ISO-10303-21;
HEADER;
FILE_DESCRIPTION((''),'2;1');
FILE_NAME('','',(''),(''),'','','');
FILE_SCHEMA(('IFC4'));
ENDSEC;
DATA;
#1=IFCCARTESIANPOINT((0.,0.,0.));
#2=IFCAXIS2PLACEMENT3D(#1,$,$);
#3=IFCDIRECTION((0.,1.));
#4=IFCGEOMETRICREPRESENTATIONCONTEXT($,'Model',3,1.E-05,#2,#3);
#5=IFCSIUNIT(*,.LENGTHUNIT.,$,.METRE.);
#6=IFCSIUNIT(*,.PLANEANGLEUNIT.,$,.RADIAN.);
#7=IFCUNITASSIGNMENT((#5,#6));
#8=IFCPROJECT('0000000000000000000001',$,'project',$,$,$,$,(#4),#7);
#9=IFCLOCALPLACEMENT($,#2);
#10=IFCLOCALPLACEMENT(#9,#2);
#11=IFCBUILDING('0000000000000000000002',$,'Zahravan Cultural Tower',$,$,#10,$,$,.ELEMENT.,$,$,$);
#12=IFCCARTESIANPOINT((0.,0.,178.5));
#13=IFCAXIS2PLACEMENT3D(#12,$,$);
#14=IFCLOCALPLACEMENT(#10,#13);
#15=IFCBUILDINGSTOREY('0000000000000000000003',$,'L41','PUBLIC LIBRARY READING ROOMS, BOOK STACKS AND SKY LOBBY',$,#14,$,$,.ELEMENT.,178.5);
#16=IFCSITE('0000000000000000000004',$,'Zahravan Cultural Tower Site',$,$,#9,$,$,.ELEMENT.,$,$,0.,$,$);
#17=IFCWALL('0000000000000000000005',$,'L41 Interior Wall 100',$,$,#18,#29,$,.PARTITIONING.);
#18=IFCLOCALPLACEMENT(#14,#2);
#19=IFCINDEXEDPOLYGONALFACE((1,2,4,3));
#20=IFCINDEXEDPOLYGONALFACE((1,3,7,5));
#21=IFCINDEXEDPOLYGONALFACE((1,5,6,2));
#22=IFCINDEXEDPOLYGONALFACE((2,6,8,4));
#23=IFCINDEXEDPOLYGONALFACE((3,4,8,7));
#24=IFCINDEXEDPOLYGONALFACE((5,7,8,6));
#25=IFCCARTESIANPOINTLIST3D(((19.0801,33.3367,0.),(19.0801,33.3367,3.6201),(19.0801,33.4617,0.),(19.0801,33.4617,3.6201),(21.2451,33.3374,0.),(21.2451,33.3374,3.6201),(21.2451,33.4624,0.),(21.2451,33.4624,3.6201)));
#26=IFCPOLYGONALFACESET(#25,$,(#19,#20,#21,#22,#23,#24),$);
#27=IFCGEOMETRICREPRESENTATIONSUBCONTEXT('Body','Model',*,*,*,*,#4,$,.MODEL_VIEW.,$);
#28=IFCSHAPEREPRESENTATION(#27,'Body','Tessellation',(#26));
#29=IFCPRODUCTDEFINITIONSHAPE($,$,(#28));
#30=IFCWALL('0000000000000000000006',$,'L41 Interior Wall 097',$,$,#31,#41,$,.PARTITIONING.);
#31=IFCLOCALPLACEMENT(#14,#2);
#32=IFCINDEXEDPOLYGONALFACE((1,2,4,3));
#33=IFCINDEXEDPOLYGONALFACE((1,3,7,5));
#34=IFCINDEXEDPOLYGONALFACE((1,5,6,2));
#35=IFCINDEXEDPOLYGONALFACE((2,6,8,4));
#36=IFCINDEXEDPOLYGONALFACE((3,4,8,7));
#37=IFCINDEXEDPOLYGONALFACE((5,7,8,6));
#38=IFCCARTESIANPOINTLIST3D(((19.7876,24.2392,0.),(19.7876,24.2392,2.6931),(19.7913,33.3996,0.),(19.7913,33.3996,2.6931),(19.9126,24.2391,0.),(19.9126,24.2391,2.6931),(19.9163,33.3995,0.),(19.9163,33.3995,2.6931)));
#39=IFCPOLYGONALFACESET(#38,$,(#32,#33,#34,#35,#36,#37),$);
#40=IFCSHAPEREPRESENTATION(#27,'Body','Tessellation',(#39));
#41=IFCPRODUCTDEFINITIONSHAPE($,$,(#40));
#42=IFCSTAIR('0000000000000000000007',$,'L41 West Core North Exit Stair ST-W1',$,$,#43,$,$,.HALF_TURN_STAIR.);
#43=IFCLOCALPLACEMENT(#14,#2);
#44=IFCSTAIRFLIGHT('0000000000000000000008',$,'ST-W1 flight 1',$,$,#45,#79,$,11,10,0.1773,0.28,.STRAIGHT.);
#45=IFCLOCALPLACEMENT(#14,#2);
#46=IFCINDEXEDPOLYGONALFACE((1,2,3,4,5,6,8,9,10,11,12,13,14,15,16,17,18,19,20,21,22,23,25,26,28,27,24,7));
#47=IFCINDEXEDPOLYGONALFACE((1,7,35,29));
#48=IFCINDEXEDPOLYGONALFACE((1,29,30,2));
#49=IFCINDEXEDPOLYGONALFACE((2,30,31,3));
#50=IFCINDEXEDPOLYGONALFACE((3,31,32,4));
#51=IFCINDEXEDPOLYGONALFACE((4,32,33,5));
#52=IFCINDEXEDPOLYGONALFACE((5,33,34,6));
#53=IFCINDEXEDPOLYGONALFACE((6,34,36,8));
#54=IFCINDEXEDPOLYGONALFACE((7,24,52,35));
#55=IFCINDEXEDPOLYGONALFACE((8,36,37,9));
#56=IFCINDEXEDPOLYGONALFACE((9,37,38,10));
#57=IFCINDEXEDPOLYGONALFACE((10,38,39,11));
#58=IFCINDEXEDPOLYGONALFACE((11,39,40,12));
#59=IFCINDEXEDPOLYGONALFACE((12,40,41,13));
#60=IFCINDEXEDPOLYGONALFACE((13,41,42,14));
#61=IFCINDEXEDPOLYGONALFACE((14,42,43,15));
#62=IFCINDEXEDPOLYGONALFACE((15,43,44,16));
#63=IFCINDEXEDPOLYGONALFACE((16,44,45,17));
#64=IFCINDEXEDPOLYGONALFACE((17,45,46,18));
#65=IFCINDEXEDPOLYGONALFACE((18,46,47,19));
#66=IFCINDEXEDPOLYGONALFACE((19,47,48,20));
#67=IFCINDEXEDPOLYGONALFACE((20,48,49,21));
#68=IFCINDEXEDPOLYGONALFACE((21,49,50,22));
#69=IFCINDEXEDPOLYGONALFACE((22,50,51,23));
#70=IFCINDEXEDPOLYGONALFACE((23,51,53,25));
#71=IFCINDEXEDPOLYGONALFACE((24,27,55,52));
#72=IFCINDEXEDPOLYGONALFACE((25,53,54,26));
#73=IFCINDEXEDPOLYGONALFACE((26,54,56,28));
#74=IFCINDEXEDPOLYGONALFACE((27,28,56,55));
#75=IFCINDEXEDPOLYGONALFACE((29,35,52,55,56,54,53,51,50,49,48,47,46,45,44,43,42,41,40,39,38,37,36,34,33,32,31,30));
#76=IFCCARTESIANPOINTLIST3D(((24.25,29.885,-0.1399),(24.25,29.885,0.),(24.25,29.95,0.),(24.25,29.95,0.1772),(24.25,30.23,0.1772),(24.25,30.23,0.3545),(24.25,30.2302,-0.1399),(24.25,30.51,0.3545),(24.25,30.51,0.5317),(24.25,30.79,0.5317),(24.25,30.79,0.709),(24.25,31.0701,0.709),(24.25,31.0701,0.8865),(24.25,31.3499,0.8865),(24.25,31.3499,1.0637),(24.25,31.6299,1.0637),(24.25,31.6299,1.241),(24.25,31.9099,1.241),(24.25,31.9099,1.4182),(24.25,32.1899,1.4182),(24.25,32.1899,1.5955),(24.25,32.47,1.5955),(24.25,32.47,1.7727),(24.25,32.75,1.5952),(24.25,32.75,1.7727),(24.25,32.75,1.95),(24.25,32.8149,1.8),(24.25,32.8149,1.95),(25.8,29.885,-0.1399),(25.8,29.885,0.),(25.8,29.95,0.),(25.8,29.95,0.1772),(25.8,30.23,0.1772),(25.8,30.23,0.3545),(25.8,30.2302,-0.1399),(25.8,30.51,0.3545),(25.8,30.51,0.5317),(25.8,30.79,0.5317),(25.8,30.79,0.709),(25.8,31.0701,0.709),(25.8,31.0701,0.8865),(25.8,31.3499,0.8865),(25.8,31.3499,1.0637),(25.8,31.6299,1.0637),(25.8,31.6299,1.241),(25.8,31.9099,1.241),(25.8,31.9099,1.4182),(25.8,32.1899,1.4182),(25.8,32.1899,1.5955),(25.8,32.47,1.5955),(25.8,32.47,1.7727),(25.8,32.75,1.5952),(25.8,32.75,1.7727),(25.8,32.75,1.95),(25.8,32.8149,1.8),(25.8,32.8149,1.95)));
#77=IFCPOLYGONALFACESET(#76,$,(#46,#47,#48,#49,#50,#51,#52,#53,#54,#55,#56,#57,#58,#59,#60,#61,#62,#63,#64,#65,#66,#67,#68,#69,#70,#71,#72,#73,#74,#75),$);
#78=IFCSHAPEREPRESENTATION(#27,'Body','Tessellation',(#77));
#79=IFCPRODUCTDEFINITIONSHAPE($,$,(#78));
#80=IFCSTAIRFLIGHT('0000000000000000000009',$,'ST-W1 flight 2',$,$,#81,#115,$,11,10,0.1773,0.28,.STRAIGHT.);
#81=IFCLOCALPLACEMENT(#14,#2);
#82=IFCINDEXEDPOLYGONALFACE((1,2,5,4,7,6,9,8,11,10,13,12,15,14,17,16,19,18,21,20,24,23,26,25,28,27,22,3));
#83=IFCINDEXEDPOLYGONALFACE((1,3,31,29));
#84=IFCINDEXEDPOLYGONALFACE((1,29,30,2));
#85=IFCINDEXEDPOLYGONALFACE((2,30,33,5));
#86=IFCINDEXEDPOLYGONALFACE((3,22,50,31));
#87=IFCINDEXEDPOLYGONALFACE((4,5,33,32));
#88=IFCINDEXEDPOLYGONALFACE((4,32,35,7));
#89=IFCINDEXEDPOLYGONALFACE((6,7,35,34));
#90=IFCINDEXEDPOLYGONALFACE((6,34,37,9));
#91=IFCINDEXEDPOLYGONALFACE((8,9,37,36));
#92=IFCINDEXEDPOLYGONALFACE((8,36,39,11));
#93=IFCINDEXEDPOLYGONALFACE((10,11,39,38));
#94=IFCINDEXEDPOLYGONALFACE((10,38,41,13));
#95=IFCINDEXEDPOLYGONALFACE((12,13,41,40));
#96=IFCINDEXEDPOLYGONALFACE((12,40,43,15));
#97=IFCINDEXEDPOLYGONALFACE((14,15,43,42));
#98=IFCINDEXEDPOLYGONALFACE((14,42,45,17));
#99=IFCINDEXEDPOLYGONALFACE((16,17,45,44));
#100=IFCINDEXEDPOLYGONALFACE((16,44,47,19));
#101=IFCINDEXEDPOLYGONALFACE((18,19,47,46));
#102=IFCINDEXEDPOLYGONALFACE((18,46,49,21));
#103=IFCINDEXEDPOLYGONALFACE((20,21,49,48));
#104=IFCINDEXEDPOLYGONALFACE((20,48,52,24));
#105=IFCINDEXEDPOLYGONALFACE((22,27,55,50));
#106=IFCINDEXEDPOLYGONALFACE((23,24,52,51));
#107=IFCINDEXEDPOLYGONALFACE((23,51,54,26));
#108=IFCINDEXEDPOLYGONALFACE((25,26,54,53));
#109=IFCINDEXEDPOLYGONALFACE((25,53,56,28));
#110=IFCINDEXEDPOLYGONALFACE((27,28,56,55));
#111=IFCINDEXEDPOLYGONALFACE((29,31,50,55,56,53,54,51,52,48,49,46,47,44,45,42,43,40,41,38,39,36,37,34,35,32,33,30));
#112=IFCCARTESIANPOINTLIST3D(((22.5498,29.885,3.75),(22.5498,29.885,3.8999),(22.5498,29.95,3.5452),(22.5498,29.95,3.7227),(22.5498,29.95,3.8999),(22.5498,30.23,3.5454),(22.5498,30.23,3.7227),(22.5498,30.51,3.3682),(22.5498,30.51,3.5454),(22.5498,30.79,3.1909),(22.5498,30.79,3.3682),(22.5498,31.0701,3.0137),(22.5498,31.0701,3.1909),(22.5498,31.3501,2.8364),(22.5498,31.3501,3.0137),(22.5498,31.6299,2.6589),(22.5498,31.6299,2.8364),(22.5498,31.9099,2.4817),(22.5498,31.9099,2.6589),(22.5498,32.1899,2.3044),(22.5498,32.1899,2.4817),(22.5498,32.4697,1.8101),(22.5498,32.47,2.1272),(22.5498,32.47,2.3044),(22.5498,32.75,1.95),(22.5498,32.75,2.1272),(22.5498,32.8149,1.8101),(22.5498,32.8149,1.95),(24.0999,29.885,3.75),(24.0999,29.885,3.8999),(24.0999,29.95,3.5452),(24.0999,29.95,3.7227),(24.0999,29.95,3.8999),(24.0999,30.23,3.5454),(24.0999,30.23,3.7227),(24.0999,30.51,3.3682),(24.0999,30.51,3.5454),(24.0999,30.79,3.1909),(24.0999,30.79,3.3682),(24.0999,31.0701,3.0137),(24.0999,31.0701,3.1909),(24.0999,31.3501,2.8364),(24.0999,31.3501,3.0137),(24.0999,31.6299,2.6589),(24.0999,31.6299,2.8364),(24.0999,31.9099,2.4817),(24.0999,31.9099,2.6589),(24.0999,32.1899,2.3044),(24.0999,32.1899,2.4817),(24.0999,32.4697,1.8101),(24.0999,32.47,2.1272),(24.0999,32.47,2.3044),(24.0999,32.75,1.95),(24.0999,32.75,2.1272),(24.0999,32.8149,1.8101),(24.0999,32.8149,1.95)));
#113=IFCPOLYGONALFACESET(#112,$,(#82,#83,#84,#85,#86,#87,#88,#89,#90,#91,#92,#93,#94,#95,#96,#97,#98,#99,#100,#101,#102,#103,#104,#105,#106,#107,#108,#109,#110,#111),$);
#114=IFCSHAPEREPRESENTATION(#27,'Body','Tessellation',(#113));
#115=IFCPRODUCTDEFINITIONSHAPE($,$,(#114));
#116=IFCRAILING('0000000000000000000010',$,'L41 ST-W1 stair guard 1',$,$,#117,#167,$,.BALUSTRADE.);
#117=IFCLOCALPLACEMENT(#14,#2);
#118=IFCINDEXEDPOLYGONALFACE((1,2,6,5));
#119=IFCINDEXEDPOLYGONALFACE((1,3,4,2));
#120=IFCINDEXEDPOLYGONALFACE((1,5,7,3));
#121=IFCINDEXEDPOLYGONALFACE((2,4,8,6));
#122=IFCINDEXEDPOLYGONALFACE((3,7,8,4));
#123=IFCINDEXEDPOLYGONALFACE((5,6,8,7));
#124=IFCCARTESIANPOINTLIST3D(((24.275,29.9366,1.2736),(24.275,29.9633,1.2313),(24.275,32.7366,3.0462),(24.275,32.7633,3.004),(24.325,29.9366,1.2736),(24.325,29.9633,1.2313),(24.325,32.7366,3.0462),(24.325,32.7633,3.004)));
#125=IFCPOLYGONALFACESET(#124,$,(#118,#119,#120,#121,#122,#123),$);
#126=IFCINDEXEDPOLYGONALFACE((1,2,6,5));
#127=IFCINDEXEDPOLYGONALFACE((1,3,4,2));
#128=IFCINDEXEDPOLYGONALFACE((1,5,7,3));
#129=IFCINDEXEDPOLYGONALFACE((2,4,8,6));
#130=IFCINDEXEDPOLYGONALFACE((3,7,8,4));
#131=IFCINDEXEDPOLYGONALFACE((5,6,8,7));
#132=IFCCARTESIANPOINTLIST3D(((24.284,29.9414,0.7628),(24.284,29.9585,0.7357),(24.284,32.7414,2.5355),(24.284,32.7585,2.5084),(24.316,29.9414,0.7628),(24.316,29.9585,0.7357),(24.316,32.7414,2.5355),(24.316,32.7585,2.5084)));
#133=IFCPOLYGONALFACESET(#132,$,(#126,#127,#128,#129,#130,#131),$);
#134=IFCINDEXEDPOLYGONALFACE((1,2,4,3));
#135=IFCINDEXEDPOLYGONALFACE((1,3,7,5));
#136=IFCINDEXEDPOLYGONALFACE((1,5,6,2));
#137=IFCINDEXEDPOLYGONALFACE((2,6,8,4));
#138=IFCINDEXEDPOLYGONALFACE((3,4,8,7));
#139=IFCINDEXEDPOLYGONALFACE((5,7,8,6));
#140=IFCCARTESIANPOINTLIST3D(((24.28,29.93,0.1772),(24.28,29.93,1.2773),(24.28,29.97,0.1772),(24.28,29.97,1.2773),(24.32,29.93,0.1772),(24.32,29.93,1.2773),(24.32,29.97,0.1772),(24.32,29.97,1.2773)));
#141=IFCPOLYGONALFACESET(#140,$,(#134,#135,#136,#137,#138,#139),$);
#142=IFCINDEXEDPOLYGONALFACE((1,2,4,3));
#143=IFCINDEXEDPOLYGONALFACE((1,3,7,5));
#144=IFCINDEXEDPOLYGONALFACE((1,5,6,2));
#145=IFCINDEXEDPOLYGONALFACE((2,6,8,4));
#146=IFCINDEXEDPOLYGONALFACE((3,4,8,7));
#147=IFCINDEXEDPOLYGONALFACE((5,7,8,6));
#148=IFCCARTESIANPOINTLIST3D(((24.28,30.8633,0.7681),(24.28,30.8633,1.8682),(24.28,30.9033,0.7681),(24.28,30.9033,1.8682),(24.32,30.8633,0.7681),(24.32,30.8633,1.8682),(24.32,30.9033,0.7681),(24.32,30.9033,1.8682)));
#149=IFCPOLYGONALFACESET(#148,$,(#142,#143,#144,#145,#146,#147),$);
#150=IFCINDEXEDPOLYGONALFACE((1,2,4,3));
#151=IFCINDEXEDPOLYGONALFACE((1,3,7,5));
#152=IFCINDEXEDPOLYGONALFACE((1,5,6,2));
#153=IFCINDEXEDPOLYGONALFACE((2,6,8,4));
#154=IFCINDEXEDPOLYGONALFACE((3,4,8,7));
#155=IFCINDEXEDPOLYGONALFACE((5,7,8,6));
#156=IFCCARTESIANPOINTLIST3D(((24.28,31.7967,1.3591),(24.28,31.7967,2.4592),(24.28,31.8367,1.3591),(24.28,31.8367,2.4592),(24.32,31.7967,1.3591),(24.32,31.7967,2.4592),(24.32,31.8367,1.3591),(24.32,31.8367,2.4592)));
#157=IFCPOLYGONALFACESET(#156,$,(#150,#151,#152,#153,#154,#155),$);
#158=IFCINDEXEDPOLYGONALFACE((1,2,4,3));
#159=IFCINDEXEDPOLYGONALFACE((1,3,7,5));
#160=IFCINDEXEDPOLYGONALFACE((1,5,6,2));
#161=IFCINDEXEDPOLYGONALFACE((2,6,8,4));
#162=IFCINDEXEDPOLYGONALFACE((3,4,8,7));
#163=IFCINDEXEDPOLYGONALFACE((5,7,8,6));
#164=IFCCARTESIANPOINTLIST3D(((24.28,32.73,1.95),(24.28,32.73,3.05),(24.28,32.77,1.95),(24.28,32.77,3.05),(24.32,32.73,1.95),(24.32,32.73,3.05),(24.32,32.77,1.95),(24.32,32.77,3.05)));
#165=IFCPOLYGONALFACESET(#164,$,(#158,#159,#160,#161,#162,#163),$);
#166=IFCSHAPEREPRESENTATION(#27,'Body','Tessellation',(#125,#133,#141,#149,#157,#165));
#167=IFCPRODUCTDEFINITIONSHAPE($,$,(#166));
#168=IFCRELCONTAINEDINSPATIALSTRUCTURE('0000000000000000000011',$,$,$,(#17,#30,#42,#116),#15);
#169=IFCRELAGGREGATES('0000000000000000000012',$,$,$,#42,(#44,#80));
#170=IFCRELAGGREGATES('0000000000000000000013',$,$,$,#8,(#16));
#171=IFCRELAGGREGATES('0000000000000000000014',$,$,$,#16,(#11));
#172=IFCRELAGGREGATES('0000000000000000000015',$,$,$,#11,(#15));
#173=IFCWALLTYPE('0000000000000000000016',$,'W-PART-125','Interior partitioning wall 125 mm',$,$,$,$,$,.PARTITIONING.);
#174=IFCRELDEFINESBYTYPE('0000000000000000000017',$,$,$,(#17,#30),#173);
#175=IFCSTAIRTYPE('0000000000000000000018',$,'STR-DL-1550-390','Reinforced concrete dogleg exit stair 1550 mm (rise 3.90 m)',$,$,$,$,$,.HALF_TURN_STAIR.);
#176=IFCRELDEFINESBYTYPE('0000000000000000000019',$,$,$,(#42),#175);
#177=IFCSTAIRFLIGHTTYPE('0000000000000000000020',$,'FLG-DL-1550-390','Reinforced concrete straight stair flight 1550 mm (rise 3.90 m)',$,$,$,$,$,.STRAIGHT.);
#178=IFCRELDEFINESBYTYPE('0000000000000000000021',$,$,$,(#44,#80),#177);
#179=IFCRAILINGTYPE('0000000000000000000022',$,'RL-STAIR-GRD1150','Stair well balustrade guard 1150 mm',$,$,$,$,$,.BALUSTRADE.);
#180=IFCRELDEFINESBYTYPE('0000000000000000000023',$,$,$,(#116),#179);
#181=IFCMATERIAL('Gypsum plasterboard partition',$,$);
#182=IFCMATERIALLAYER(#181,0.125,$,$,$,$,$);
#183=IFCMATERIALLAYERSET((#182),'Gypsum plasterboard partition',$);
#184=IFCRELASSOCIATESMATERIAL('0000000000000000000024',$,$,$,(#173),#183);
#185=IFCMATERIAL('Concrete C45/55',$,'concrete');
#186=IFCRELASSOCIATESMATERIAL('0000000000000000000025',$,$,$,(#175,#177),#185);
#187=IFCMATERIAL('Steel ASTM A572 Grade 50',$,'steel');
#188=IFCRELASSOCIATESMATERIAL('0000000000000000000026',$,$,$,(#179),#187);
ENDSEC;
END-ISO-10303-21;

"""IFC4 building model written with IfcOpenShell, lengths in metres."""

from ifc_helpers import new_model, si_unit, direction, frame, frame_2d, origin, origin_2d, place, context, subcontext, project, spatial, polyline, rectangle, outline, extrude, source, transform, mapped, material, layer, layer_set, type_object, element, aggregate, save


model = new_model("IFC4")

# Units and contexts
model_context = context("Model", 3, precision=1e-05, world=origin(), true_north=direction((0.0, 1.0)))
body_context = subcontext(model_context, "Body", "Model", "MODEL_VIEW")
ifc_project = project(units=[si_unit("LENGTHUNIT", "METRE"), si_unit("PLANEANGLEUNIT", "RADIAN")], contexts=[model_context])

# Site, building, storey
site_placement = place(None, origin())
site = spatial("IfcSite", under=ifc_project, at=site_placement, Name="Zahravan Cultural Tower Site", CompositionType="ELEMENT", RefElevation=0.0)
building_placement = place(site_placement, origin())
building = spatial("IfcBuilding", under=site, at=building_placement, Name="Zahravan Cultural Tower", CompositionType="ELEMENT")
storey_placement = place(building_placement, frame((0.0, 0.0, 178.5)))
storey = spatial("IfcBuildingStorey", under=building, at=storey_placement, Name="L41", Description="PUBLIC LIBRARY READING ROOMS, BOOK STACKS AND SKY LOBBY", CompositionType="ELEMENT", Elevation=178.5)

# Walls
ifc_material_1 = material(Name="Concrete C45/55", Category="concrete")
ifc_material_2 = material(Name="Gypsum plasterboard partition")
ifc_layer_1 = layer(ifc_material_2, 0.125)
ifc_layer_set_1 = layer_set([ifc_layer_1], Name="Gypsum plasterboard partition")
wall_type_1 = type_object("IfcWallType", Name="W-PART-125", Description="Interior partitioning wall 125 mm", PredefinedType="PARTITIONING", material=ifc_layer_set_1)
shared_shape_1 = source(origin(), body_context, "Body", "SweptSolid", [
    extrude(rectangle(XDim=2.165, YDim=0.125, at=frame_2d((1.0825, 0.0))), origin(), (0.0, 0.0, 1.0), 3.6201),
])
wall_1_placement = place(storey_placement, frame((21.2451, 33.3999, 0.0), z_axis=(0.0, 0.0, 1.0), x_axis=(-1.0, -0.000338, 0.0)))
element("IfcWall", 1, at=wall_1_placement, inside=storey, type_object=wall_type_1, Name="L41 Interior Wall 100", PredefinedType="PARTITIONING", context=body_context, shape_type="MappedRepresentation", body=[
    mapped(shared_shape_1, transform((0.0, 0.0, 0.0), x_axis=(1.0, 0.0, 0.0), y_axis=(0.0, 1.0, 0.0), z_axis=(0.0, 0.0, 1.0), scale=1.0)),
])
shared_shape_2 = source(origin(), body_context, "Body", "SweptSolid", [
    extrude(rectangle(XDim=9.1604, YDim=0.125, at=frame_2d((4.5801, 0.0))), origin(), (0.0, 0.0, 1.0), 2.6931),
])
wall_2_placement = place(storey_placement, frame((19.8538, 33.3994, 0.0), z_axis=(0.0, 0.0, 1.0), x_axis=(-0.0004, -1.0, 0.0)))
element("IfcWall", 2, at=wall_2_placement, inside=storey, type_object=wall_type_1, Name="L41 Interior Wall 097", PredefinedType="PARTITIONING", context=body_context, shape_type="MappedRepresentation", body=[
    mapped(shared_shape_2, transform((0.0, 0.0, 0.0), x_axis=(1.0, 0.0, 0.0), y_axis=(0.0, 1.0, 0.0), z_axis=(0.0, 0.0, 1.0), scale=1.0)),
])

# Stair, stair flights
stair_type = type_object("IfcStairType", Name="STR-DL-1550-390", Description="Reinforced concrete dogleg exit stair 1550 mm (rise 3.90 m)", PredefinedType="HALF_TURN_STAIR", material=ifc_material_1)
stair_placement = place(storey_placement, origin())
stair = element("IfcStair", 3, at=stair_placement, inside=storey, type_object=stair_type, Name="L41 West Core North Exit Stair ST-W1", PredefinedType="HALF_TURN_STAIR")
stair_flight_type = type_object("IfcStairFlightType", Name="FLG-DL-1550-390", Description="Reinforced concrete straight stair flight 1550 mm (rise 3.90 m)", PredefinedType="STRAIGHT", material=ifc_material_1)
stair_flight_1_placement = place(storey_placement, frame((25.0249, 29.95, 0.0), z_axis=(0.0, 0.0, 1.0), x_axis=(0.0, 1.0, 0.0)))
stair_flight_1 = element("IfcStairFlight", 4, at=stair_flight_1_placement, type_object=stair_flight_type, Name="ST-W1 flight 1", NumberOfRisers=11, NumberOfTreads=10, PredefinedType="STRAIGHT", RiserHeight=0.1773, TreadLength=0.28, context=body_context, shape_type="SweptSolid", body=[
    extrude(outline(polyline([(-0.0649, -0.1399), (-0.0649, 0.0), (0.0, 0.0), (0.0, 0.1772), (0.28, 0.1772), (0.28, 0.3545), (0.5601, 0.3545), (0.5601, 0.5317), (0.8401, 0.5317), (0.8401, 0.709), (1.1201, 0.709), (1.1201, 0.8865), (1.3999, 0.8865), (1.3999, 1.0637), (1.6799, 1.0637), (1.6799, 1.241), (1.96, 1.241), (1.96, 1.4182), (2.24, 1.4182), (2.24, 1.5955), (2.52, 1.5955), (2.52, 1.7727), (2.8, 1.7727), (2.8, 1.95), (2.865, 1.95), (2.865, 1.8), (2.8, 1.5952), (0.2803, -0.1399), (-0.0649, -0.1399)])), frame((0.0, 0.7749, 0.0), z_axis=(0.0, -1.0, 0.0), x_axis=(1.0, 0.0, 0.0)), (0.0, 0.0, 1.0), 1.55),
])
stair_flight_2_placement = place(storey_placement, frame((23.325, 32.75, 1.95), z_axis=(0.0, 0.0, 1.0), x_axis=(0.0, -1.0, 0.0)))
stair_flight_2 = element("IfcStairFlight", 5, at=stair_flight_2_placement, type_object=stair_flight_type, Name="ST-W1 flight 2", NumberOfRisers=11, NumberOfTreads=10, PredefinedType="STRAIGHT", RiserHeight=0.1773, TreadLength=0.28, context=body_context, shape_type="SweptSolid", body=[
    extrude(outline(polyline([(-0.0649, -0.1399), (-0.0649, 0.0), (0.0, 0.0), (0.0, 0.1772), (0.28, 0.1772), (0.28, 0.3545), (0.5601, 0.3545), (0.5601, 0.5317), (0.8401, 0.5317), (0.8401, 0.709), (1.1201, 0.709), (1.1201, 0.8865), (1.3999, 0.8865), (1.3999, 1.0637), (1.6799, 1.0637), (1.6799, 1.241), (1.96, 1.241), (1.96, 1.4182), (2.24, 1.4182), (2.24, 1.5955), (2.52, 1.5955), (2.52, 1.7727), (2.8, 1.7727), (2.8, 1.95), (2.865, 1.95), (2.865, 1.8), (2.8, 1.5952), (0.2803, -0.1399), (-0.0649, -0.1399)])), frame((0.0, 0.7749, 0.0), z_axis=(0.0, -1.0, 0.0), x_axis=(1.0, 0.0, 0.0)), (0.0, 0.0, 1.0), 1.55),
])
aggregate(stair, [stair_flight_1, stair_flight_2])

# Railing
ifc_material_3 = material(Name="Steel ASTM A572 Grade 50", Category="steel")
railing_type_1 = type_object("IfcRailingType", Name="RL-STAIR-GRD1150", Description="Stair well balustrade guard 1150 mm", PredefinedType="BALUSTRADE", material=ifc_material_3)
railing_1_placement = place(storey_placement, frame((24.3, 29.95, 0.1772)))
element("IfcRailing", 6, at=railing_1_placement, inside=storey, type_object=railing_type_1, Name="L41 ST-W1 stair guard 1", PredefinedType="BALUSTRADE", context=body_context, shape_type="SweptSolid", body=[
    extrude(rectangle(XDim=0.05, YDim=0.05, at=origin_2d()), frame((0.0, 0.0, 1.0752), z_axis=(0.0, 0.844909, 0.53491), x_axis=(-1.0, 0.0, 0.0)), (0.0, 0.0, 1.0), 3.314),
    extrude(rectangle(XDim=0.032, YDim=0.032, at=origin_2d()), frame((0.0, 0.0, 0.572), z_axis=(0.0, 0.844909, 0.53491), x_axis=(-1.0, 0.0, 0.0)), (0.0, 0.0, 1.0), 3.314),
    extrude(rectangle(XDim=0.04, YDim=0.04, at=origin_2d()), origin(), (0.0, 0.0, 1.0), 1.1001),
    extrude(rectangle(XDim=0.04, YDim=0.04, at=origin_2d()), frame((0.0, 0.9333, 0.5908)), (0.0, 0.0, 1.0), 1.1001),
    extrude(rectangle(XDim=0.04, YDim=0.04, at=origin_2d()), frame((0.0, 1.8667, 1.1819)), (0.0, 0.0, 1.0), 1.1001),
    extrude(rectangle(XDim=0.04, YDim=0.04, at=origin_2d()), frame((0.0, 2.8, 1.7727)), (0.0, 0.0, 1.0), 1.1001),
])

save(model, "model.ifc")
